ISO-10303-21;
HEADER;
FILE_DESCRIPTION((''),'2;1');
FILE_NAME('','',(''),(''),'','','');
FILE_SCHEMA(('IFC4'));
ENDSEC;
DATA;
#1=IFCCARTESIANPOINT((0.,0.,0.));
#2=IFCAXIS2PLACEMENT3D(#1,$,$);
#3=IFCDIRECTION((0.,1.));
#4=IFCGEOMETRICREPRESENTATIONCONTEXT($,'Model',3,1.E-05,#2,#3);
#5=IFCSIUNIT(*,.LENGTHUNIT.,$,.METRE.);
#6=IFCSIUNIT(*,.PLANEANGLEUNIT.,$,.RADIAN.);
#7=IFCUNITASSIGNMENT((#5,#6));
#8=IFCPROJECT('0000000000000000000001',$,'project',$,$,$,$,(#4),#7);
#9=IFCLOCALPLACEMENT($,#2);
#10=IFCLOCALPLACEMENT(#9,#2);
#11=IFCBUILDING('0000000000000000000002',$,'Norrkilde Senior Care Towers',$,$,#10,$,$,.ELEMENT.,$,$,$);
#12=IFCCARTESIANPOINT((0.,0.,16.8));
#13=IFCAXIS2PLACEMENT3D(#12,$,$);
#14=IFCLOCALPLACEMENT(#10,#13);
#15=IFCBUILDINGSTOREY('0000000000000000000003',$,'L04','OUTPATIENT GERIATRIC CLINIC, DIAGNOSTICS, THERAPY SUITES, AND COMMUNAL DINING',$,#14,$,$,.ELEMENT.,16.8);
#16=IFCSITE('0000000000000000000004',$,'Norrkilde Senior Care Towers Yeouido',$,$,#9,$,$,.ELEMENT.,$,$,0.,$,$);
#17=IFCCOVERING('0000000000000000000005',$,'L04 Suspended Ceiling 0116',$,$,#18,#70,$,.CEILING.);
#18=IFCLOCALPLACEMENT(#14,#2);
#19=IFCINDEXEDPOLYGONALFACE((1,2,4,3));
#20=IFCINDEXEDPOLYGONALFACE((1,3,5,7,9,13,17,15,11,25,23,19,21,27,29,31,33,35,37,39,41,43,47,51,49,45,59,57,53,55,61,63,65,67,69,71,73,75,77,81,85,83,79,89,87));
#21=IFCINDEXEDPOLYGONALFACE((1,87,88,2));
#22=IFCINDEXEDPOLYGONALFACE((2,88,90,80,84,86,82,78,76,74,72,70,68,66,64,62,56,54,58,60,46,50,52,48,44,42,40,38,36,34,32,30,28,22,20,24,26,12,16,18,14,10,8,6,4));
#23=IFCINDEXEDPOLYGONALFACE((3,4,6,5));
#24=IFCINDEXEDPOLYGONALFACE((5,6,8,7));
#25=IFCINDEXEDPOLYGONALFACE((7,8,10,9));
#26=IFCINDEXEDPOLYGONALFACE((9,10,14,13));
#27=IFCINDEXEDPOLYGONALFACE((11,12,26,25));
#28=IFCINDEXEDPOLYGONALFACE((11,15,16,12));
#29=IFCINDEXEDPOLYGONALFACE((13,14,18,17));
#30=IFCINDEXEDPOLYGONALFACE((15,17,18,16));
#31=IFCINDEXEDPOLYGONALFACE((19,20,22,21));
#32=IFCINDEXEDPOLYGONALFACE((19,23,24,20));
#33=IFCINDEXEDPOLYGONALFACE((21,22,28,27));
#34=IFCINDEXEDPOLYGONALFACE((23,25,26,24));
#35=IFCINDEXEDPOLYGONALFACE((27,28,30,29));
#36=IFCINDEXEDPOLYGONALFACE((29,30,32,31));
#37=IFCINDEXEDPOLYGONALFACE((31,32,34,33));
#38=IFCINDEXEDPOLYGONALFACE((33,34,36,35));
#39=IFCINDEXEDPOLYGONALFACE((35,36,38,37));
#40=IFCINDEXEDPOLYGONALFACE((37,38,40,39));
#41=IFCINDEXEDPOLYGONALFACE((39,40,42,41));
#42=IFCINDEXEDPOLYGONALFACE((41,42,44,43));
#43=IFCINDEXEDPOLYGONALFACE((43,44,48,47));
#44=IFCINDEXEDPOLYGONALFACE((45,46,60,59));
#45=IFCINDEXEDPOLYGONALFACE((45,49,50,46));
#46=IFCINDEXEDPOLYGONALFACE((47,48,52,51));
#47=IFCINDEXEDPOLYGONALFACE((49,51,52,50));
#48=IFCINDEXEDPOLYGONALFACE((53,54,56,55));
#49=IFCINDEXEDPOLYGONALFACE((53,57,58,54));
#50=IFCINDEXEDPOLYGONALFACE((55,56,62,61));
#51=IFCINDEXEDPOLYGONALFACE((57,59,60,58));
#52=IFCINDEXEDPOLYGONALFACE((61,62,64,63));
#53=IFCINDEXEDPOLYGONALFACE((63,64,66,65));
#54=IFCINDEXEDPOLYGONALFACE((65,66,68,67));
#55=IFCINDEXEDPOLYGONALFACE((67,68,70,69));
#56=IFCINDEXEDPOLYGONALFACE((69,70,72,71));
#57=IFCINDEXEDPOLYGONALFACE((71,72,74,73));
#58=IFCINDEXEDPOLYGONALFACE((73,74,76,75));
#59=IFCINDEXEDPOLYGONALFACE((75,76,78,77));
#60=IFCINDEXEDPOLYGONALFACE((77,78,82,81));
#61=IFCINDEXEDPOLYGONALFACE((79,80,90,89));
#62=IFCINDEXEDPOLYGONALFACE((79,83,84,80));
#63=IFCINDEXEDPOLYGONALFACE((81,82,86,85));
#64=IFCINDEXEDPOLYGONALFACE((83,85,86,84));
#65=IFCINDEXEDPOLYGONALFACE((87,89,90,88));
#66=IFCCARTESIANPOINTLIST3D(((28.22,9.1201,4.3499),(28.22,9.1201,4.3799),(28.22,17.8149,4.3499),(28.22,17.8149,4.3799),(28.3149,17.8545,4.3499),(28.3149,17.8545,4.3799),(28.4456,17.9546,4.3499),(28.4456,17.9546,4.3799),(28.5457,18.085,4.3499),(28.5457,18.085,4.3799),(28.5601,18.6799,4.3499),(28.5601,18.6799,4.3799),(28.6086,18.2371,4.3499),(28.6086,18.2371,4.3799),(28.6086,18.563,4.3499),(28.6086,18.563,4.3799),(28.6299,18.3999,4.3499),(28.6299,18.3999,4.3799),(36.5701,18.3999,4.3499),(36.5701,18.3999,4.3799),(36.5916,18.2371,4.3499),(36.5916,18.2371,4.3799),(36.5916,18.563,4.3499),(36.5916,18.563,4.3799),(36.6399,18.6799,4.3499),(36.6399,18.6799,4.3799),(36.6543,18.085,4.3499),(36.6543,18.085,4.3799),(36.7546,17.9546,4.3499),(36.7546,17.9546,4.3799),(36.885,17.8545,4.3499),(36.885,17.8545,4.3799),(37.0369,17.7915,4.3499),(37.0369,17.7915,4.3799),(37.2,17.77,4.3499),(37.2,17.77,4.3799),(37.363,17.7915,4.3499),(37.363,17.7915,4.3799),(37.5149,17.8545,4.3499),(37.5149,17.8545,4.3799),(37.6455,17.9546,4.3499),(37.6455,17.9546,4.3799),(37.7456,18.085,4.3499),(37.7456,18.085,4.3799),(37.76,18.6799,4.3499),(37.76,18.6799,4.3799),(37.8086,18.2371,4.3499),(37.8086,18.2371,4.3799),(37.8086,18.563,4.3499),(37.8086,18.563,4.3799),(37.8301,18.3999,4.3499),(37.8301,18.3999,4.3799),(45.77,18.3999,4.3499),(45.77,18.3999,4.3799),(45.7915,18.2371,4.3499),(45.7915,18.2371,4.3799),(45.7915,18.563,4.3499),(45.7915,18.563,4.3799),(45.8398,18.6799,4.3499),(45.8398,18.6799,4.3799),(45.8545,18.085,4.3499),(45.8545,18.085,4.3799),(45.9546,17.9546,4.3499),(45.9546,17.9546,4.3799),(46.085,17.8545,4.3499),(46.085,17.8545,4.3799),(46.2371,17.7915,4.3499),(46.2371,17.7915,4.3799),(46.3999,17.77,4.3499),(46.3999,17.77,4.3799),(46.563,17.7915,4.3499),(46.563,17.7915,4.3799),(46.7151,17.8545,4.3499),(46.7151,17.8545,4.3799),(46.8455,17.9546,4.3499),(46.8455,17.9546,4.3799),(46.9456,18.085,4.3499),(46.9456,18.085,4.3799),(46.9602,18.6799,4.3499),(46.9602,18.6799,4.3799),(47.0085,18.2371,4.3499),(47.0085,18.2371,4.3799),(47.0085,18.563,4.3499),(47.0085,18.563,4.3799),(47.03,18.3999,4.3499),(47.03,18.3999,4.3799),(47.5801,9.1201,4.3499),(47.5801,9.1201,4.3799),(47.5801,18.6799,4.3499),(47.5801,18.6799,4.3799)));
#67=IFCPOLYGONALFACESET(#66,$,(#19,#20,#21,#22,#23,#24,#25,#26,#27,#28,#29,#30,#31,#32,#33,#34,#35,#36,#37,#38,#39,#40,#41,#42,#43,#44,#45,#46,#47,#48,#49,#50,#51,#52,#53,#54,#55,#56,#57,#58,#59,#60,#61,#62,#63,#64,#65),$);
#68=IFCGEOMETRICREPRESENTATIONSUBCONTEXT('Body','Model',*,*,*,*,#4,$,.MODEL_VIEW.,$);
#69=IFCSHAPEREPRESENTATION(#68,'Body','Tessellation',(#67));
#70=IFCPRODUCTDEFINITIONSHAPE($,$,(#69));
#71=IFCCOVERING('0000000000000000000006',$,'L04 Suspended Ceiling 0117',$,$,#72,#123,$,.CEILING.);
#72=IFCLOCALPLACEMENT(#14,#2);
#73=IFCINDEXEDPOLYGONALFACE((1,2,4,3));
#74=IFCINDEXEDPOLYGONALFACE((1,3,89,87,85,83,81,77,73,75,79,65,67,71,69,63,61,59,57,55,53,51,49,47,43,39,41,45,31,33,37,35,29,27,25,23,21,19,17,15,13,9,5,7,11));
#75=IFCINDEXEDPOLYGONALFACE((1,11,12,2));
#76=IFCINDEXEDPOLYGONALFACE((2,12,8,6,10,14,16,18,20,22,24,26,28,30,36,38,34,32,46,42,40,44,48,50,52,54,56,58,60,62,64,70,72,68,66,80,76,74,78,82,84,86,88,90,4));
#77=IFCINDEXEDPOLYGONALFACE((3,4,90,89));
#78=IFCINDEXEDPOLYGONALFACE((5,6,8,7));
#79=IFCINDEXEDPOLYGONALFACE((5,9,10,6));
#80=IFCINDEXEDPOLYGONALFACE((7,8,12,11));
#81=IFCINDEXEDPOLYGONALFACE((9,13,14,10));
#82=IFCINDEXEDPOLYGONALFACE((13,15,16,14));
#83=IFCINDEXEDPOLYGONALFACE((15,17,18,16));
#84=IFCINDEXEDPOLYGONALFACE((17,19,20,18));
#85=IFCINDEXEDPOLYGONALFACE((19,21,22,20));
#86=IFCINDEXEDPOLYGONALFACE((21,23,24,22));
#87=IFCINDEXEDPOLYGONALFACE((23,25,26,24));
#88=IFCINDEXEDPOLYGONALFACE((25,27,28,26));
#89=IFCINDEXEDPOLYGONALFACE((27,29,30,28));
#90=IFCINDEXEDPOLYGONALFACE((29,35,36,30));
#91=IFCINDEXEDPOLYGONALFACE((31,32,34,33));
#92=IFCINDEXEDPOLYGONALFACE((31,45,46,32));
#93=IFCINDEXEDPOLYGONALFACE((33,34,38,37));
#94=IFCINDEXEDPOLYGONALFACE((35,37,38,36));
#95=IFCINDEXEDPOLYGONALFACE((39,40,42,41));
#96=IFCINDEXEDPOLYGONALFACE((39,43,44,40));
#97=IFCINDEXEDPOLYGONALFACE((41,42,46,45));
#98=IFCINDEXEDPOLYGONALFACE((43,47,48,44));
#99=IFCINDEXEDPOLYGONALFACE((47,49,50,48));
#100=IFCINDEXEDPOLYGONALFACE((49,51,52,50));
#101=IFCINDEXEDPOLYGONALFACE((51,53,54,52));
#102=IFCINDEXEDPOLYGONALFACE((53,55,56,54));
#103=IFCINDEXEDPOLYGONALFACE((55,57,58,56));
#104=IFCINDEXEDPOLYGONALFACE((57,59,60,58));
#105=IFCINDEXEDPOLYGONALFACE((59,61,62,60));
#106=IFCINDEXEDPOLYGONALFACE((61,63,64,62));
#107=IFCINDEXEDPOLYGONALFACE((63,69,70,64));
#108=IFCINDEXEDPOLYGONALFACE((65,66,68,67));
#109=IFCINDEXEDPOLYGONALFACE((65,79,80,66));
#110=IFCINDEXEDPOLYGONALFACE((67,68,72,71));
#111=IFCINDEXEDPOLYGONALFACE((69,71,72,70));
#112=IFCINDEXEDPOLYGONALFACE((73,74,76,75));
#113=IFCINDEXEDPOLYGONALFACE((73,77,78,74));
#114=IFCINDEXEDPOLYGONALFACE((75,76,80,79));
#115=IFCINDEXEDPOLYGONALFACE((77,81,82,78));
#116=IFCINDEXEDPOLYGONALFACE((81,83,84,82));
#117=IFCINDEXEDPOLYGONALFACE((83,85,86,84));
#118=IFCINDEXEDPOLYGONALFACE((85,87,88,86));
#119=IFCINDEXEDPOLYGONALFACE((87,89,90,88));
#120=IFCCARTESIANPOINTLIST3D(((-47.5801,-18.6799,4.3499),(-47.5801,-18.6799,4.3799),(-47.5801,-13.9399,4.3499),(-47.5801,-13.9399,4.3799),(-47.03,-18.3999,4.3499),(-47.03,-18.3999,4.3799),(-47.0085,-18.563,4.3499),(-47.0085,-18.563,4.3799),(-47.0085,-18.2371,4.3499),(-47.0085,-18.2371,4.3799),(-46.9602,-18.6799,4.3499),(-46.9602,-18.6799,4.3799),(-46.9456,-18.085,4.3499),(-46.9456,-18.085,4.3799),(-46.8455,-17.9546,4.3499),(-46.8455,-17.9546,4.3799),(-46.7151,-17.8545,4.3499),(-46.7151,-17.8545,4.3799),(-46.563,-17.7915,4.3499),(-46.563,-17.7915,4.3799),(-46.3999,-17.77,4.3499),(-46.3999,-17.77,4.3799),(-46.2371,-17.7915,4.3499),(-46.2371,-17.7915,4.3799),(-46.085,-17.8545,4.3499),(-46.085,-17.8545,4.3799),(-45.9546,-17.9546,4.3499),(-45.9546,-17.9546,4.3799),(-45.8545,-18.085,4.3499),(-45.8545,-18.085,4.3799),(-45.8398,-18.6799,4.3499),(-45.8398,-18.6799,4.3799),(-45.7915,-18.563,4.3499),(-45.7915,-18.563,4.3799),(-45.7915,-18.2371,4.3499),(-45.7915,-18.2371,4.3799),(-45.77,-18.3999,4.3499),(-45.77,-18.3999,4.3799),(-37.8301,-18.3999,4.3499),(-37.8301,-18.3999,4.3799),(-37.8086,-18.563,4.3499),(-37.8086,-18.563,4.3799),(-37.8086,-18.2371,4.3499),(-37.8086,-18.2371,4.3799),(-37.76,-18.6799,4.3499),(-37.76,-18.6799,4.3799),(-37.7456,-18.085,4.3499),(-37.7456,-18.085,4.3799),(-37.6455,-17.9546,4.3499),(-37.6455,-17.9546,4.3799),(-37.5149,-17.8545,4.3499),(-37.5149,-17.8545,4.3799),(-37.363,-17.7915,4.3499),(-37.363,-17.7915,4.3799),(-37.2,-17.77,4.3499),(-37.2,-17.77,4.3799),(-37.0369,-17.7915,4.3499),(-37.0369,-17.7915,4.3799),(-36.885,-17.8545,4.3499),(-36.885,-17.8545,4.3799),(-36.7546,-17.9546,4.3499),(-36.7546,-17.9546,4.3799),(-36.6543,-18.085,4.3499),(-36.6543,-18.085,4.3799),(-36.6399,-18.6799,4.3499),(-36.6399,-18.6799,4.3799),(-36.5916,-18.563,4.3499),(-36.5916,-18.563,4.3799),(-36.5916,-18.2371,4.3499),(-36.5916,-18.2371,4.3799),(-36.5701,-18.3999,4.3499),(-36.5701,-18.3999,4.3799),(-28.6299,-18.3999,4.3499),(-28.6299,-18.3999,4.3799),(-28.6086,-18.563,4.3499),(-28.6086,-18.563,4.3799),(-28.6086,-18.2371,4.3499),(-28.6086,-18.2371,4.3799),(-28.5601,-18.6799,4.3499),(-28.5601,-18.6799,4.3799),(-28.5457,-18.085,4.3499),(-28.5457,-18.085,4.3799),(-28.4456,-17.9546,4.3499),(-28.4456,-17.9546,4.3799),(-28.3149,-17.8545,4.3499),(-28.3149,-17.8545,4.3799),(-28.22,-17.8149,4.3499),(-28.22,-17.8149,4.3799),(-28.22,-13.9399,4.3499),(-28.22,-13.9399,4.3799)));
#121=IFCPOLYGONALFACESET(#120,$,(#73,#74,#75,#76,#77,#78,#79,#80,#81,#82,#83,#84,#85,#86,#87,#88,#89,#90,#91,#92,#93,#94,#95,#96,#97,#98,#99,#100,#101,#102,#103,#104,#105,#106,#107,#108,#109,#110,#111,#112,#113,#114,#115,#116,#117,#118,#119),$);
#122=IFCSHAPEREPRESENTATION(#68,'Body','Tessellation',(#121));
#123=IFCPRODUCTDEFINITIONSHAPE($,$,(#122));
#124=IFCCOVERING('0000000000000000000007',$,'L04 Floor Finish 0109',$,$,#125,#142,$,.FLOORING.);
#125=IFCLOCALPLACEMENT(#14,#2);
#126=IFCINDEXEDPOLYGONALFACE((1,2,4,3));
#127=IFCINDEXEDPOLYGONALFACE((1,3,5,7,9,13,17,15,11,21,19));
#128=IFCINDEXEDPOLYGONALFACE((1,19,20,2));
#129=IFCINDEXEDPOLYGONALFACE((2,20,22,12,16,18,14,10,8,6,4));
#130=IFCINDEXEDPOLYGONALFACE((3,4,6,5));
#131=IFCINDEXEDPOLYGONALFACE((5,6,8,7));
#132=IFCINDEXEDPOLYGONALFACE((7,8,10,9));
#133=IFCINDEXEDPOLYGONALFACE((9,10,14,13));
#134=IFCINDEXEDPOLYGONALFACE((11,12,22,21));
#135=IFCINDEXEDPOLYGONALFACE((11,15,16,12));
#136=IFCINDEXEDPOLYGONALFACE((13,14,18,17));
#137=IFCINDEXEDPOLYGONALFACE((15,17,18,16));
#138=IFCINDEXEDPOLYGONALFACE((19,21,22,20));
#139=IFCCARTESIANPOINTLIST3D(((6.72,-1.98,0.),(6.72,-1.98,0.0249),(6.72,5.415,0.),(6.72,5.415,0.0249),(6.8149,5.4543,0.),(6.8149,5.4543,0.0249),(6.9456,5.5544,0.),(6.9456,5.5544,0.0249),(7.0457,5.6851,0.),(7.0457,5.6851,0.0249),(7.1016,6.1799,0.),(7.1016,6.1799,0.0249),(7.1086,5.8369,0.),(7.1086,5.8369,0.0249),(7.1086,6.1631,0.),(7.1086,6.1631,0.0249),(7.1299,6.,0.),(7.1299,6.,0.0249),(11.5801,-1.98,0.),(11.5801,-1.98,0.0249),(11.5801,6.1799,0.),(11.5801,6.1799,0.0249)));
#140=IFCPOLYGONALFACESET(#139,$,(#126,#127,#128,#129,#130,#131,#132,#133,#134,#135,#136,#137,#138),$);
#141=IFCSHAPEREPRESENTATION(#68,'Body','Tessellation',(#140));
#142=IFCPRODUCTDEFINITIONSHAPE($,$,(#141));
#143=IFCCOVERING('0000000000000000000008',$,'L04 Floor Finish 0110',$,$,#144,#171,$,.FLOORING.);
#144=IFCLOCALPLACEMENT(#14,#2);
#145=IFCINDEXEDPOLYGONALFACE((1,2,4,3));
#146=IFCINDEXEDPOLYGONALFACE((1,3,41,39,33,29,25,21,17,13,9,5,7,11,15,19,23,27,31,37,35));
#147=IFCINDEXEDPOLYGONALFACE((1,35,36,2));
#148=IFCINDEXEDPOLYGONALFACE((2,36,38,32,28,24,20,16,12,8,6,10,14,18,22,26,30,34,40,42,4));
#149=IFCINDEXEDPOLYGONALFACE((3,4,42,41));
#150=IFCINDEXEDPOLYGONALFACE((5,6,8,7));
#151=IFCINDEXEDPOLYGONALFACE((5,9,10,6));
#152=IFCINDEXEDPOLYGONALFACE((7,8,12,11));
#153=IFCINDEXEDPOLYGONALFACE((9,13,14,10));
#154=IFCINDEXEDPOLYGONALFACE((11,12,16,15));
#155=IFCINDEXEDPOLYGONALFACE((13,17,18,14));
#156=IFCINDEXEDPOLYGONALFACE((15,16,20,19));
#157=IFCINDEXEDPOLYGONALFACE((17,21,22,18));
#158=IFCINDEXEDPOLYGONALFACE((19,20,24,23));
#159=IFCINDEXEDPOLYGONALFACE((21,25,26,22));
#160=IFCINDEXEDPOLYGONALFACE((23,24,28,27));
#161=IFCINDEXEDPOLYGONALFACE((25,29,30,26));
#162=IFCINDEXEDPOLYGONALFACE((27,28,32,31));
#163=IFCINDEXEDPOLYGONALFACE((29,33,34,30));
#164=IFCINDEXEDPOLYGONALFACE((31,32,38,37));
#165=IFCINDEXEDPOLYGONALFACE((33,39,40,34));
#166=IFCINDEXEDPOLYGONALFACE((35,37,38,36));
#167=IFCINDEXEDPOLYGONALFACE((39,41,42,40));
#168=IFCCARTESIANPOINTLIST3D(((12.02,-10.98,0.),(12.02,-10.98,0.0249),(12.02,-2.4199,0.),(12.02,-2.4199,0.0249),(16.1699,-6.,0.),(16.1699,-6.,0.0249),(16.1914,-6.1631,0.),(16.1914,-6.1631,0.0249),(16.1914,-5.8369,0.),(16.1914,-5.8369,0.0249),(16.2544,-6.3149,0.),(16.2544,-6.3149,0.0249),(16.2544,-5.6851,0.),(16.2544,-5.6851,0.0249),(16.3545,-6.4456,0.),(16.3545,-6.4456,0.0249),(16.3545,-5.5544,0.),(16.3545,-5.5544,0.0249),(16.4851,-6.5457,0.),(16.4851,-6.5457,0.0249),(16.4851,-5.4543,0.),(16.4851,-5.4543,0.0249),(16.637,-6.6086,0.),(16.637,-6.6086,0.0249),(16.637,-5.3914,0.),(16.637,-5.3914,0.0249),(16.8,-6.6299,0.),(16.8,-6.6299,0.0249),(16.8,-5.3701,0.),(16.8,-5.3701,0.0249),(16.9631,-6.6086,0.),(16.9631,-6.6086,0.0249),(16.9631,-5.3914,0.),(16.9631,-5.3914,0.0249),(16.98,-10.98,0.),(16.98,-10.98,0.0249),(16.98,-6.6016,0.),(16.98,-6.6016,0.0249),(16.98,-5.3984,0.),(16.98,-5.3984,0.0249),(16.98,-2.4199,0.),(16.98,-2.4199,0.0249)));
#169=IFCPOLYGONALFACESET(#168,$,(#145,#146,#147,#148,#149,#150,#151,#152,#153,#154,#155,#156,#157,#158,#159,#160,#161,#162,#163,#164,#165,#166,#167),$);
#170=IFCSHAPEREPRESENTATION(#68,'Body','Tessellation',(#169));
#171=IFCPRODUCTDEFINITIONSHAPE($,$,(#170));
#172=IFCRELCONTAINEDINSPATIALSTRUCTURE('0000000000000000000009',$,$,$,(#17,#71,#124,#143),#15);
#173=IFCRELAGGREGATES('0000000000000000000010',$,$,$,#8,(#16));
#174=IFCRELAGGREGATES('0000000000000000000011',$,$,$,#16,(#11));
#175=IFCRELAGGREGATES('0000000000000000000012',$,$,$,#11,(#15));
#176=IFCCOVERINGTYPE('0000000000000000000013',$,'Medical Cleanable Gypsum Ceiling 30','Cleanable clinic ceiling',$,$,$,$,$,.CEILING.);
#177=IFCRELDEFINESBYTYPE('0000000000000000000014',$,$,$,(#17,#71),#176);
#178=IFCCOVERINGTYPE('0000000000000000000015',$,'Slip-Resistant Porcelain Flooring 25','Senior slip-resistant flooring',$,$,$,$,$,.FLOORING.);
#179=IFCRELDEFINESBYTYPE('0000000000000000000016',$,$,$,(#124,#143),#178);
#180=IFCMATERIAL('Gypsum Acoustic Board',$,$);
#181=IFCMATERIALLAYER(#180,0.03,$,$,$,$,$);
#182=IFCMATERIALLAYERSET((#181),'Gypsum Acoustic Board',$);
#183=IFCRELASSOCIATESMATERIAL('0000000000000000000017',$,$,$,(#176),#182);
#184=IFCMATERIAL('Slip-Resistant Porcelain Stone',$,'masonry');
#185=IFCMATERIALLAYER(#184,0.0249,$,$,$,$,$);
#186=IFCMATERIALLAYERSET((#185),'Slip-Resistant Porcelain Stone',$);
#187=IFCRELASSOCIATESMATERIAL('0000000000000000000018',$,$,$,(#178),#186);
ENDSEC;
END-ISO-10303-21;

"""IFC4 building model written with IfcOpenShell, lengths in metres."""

from ifc_helpers import new_model, si_unit, direction, frame, origin, place, context, subcontext, project, spatial, polyline, outline, extrude, material, layer, layer_set, type_object, element, save


model = new_model("IFC4")

# Units and contexts
model_context = context("Model", 3, precision=1e-05, world=origin(), true_north=direction((0.0, 1.0)))
body_context = subcontext(model_context, "Body", "Model", "MODEL_VIEW")
ifc_project = project(units=[si_unit("LENGTHUNIT", "METRE"), si_unit("PLANEANGLEUNIT", "RADIAN")], contexts=[model_context])

# Site, building, storey
site_placement = place(None, origin())
site = spatial("IfcSite", under=ifc_project, at=site_placement, Name="Norrkilde Senior Care Towers Yeouido", CompositionType="ELEMENT", RefElevation=0.0)
building_placement = place(site_placement, origin())
building = spatial("IfcBuilding", under=site, at=building_placement, Name="Norrkilde Senior Care Towers", CompositionType="ELEMENT")
storey_placement = place(building_placement, frame((0.0, 0.0, 16.8)))
storey = spatial("IfcBuildingStorey", under=building, at=storey_placement, Name="L04", Description="OUTPATIENT GERIATRIC CLINIC, DIAGNOSTICS, THERAPY SUITES, AND COMMUNAL DINING", CompositionType="ELEMENT", Elevation=16.8)

# Coverings
ifc_material_1 = material(Name="Gypsum Acoustic Board")
ifc_layer_1 = layer(ifc_material_1, 0.03)
ifc_layer_set_1 = layer_set([ifc_layer_1], Name="Gypsum Acoustic Board")
covering_type_1 = type_object("IfcCoveringType", Name="Medical Cleanable Gypsum Ceiling 30", Description="Cleanable clinic ceiling", PredefinedType="CEILING", material=ifc_layer_set_1)
covering_1_placement = place(storey_placement, frame((0.0, 0.0, 4.3499)))
element("IfcCovering", 1, at=covering_1_placement, inside=storey, type_object=covering_type_1, Name="L04 Suspended Ceiling 0116", PredefinedType="CEILING", context=body_context, shape_type="SweptSolid", body=[
    extrude(outline(polyline([(28.22, 17.8149), (28.3149, 17.8545), (28.4456, 17.9546), (28.5457, 18.085), (28.6086, 18.2371), (28.6299, 18.3999), (28.6086, 18.563), (28.5601, 18.6799), (36.6399, 18.6799), (36.5916, 18.563), (36.5701, 18.3999), (36.5916, 18.2371), (36.6543, 18.085), (36.7546, 17.9546), (36.885, 17.8545), (37.0369, 17.7915), (37.2, 17.77), (37.363, 17.7915), (37.5149, 17.8545), (37.6455, 17.9546), (37.7456, 18.085), (37.8086, 18.2371), (37.8301, 18.3999), (37.8086, 18.563), (37.76, 18.6799), (45.8398, 18.6799), (45.7915, 18.563), (45.77, 18.3999), (45.7915, 18.2371), (45.8545, 18.085), (45.9546, 17.9546), (46.085, 17.8545), (46.2371, 17.7915), (46.3999, 17.77), (46.563, 17.7915), (46.7151, 17.8545), (46.8455, 17.9546), (46.9456, 18.085), (47.0085, 18.2371), (47.03, 18.3999), (47.0085, 18.563), (46.9602, 18.6799), (47.5801, 18.6799), (47.5801, 9.1201), (28.22, 9.1201), (28.22, 17.8149)])), origin(), (0.0, 0.0, 1.0), 0.03),
])
covering_2_placement = place(storey_placement, frame((0.0, 0.0, 4.3499)))
element("IfcCovering", 2, at=covering_2_placement, inside=storey, type_object=covering_type_1, Name="L04 Suspended Ceiling 0117", PredefinedType="CEILING", context=body_context, shape_type="SweptSolid", body=[
    extrude(outline(polyline([(-36.5916, -18.563), (-36.5701, -18.3999), (-36.5916, -18.2371), (-36.6543, -18.085), (-36.7546, -17.9546), (-36.885, -17.8545), (-37.0369, -17.7915), (-37.2, -17.77), (-37.363, -17.7915), (-37.5149, -17.8545), (-37.6455, -17.9546), (-37.7456, -18.085), (-37.8086, -18.2371), (-37.8301, -18.3999), (-37.8086, -18.563), (-37.76, -18.6799), (-45.8398, -18.6799), (-45.7915, -18.563), (-45.77, -18.3999), (-45.7915, -18.2371), (-45.8545, -18.085), (-45.9546, -17.9546), (-46.085, -17.8545), (-46.2371, -17.7915), (-46.3999, -17.77), (-46.563, -17.7915), (-46.7151, -17.8545), (-46.8455, -17.9546), (-46.9456, -18.085), (-47.0085, -18.2371), (-47.03, -18.3999), (-47.0085, -18.563), (-46.9602, -18.6799), (-47.5801, -18.6799), (-47.5801, -13.9399), (-28.22, -13.9399), (-28.22, -17.8149), (-28.3149, -17.8545), (-28.4456, -17.9546), (-28.5457, -18.085), (-28.6086, -18.2371), (-28.6299, -18.3999), (-28.6086, -18.563), (-28.5601, -18.6799), (-36.6399, -18.6799), (-36.5916, -18.563)])), origin(), (0.0, 0.0, 1.0), 0.03),
])
ifc_material_2 = material(Name="Slip-Resistant Porcelain Stone", Category="masonry")
ifc_layer_2 = layer(ifc_material_2, 0.0249)
ifc_layer_set_2 = layer_set([ifc_layer_2], Name="Slip-Resistant Porcelain Stone")
covering_type_2 = type_object("IfcCoveringType", Name="Slip-Resistant Porcelain Flooring 25", Description="Senior slip-resistant flooring", PredefinedType="FLOORING", material=ifc_layer_set_2)
covering_3_placement = place(storey_placement, origin())
element("IfcCovering", 3, at=covering_3_placement, inside=storey, type_object=covering_type_2, Name="L04 Floor Finish 0109", PredefinedType="FLOORING", context=body_context, shape_type="SweptSolid", body=[
    extrude(outline(polyline([(11.5801, -1.98), (6.72, -1.98), (6.72, 5.415), (6.8149, 5.4543), (6.9456, 5.5544), (7.0457, 5.6851), (7.1086, 5.8369), (7.1299, 6.0), (7.1086, 6.1631), (7.1016, 6.1799), (11.5801, 6.1799), (11.5801, -1.98)])), origin(), (0.0, 0.0, 1.0), 0.0249),
])
covering_4_placement = place(storey_placement, origin())
element("IfcCovering", 4, at=covering_4_placement, inside=storey, type_object=covering_type_2, Name="L04 Floor Finish 0110", PredefinedType="FLOORING", context=body_context, shape_type="SweptSolid", body=[
    extrude(outline(polyline([(16.98, -5.3984), (16.9631, -5.3914), (16.8, -5.3701), (16.637, -5.3914), (16.4851, -5.4543), (16.3545, -5.5544), (16.2544, -5.6851), (16.1914, -5.8369), (16.1699, -6.0), (16.1914, -6.1631), (16.2544, -6.3149), (16.3545, -6.4456), (16.4851, -6.5457), (16.637, -6.6086), (16.8, -6.6299), (16.9631, -6.6086), (16.98, -6.6016), (16.98, -10.98), (12.02, -10.98), (12.02, -2.4199), (16.98, -2.4199), (16.98, -5.3984)])), origin(), (0.0, 0.0, 1.0), 0.0249),
])

save(model, "model.ifc")
